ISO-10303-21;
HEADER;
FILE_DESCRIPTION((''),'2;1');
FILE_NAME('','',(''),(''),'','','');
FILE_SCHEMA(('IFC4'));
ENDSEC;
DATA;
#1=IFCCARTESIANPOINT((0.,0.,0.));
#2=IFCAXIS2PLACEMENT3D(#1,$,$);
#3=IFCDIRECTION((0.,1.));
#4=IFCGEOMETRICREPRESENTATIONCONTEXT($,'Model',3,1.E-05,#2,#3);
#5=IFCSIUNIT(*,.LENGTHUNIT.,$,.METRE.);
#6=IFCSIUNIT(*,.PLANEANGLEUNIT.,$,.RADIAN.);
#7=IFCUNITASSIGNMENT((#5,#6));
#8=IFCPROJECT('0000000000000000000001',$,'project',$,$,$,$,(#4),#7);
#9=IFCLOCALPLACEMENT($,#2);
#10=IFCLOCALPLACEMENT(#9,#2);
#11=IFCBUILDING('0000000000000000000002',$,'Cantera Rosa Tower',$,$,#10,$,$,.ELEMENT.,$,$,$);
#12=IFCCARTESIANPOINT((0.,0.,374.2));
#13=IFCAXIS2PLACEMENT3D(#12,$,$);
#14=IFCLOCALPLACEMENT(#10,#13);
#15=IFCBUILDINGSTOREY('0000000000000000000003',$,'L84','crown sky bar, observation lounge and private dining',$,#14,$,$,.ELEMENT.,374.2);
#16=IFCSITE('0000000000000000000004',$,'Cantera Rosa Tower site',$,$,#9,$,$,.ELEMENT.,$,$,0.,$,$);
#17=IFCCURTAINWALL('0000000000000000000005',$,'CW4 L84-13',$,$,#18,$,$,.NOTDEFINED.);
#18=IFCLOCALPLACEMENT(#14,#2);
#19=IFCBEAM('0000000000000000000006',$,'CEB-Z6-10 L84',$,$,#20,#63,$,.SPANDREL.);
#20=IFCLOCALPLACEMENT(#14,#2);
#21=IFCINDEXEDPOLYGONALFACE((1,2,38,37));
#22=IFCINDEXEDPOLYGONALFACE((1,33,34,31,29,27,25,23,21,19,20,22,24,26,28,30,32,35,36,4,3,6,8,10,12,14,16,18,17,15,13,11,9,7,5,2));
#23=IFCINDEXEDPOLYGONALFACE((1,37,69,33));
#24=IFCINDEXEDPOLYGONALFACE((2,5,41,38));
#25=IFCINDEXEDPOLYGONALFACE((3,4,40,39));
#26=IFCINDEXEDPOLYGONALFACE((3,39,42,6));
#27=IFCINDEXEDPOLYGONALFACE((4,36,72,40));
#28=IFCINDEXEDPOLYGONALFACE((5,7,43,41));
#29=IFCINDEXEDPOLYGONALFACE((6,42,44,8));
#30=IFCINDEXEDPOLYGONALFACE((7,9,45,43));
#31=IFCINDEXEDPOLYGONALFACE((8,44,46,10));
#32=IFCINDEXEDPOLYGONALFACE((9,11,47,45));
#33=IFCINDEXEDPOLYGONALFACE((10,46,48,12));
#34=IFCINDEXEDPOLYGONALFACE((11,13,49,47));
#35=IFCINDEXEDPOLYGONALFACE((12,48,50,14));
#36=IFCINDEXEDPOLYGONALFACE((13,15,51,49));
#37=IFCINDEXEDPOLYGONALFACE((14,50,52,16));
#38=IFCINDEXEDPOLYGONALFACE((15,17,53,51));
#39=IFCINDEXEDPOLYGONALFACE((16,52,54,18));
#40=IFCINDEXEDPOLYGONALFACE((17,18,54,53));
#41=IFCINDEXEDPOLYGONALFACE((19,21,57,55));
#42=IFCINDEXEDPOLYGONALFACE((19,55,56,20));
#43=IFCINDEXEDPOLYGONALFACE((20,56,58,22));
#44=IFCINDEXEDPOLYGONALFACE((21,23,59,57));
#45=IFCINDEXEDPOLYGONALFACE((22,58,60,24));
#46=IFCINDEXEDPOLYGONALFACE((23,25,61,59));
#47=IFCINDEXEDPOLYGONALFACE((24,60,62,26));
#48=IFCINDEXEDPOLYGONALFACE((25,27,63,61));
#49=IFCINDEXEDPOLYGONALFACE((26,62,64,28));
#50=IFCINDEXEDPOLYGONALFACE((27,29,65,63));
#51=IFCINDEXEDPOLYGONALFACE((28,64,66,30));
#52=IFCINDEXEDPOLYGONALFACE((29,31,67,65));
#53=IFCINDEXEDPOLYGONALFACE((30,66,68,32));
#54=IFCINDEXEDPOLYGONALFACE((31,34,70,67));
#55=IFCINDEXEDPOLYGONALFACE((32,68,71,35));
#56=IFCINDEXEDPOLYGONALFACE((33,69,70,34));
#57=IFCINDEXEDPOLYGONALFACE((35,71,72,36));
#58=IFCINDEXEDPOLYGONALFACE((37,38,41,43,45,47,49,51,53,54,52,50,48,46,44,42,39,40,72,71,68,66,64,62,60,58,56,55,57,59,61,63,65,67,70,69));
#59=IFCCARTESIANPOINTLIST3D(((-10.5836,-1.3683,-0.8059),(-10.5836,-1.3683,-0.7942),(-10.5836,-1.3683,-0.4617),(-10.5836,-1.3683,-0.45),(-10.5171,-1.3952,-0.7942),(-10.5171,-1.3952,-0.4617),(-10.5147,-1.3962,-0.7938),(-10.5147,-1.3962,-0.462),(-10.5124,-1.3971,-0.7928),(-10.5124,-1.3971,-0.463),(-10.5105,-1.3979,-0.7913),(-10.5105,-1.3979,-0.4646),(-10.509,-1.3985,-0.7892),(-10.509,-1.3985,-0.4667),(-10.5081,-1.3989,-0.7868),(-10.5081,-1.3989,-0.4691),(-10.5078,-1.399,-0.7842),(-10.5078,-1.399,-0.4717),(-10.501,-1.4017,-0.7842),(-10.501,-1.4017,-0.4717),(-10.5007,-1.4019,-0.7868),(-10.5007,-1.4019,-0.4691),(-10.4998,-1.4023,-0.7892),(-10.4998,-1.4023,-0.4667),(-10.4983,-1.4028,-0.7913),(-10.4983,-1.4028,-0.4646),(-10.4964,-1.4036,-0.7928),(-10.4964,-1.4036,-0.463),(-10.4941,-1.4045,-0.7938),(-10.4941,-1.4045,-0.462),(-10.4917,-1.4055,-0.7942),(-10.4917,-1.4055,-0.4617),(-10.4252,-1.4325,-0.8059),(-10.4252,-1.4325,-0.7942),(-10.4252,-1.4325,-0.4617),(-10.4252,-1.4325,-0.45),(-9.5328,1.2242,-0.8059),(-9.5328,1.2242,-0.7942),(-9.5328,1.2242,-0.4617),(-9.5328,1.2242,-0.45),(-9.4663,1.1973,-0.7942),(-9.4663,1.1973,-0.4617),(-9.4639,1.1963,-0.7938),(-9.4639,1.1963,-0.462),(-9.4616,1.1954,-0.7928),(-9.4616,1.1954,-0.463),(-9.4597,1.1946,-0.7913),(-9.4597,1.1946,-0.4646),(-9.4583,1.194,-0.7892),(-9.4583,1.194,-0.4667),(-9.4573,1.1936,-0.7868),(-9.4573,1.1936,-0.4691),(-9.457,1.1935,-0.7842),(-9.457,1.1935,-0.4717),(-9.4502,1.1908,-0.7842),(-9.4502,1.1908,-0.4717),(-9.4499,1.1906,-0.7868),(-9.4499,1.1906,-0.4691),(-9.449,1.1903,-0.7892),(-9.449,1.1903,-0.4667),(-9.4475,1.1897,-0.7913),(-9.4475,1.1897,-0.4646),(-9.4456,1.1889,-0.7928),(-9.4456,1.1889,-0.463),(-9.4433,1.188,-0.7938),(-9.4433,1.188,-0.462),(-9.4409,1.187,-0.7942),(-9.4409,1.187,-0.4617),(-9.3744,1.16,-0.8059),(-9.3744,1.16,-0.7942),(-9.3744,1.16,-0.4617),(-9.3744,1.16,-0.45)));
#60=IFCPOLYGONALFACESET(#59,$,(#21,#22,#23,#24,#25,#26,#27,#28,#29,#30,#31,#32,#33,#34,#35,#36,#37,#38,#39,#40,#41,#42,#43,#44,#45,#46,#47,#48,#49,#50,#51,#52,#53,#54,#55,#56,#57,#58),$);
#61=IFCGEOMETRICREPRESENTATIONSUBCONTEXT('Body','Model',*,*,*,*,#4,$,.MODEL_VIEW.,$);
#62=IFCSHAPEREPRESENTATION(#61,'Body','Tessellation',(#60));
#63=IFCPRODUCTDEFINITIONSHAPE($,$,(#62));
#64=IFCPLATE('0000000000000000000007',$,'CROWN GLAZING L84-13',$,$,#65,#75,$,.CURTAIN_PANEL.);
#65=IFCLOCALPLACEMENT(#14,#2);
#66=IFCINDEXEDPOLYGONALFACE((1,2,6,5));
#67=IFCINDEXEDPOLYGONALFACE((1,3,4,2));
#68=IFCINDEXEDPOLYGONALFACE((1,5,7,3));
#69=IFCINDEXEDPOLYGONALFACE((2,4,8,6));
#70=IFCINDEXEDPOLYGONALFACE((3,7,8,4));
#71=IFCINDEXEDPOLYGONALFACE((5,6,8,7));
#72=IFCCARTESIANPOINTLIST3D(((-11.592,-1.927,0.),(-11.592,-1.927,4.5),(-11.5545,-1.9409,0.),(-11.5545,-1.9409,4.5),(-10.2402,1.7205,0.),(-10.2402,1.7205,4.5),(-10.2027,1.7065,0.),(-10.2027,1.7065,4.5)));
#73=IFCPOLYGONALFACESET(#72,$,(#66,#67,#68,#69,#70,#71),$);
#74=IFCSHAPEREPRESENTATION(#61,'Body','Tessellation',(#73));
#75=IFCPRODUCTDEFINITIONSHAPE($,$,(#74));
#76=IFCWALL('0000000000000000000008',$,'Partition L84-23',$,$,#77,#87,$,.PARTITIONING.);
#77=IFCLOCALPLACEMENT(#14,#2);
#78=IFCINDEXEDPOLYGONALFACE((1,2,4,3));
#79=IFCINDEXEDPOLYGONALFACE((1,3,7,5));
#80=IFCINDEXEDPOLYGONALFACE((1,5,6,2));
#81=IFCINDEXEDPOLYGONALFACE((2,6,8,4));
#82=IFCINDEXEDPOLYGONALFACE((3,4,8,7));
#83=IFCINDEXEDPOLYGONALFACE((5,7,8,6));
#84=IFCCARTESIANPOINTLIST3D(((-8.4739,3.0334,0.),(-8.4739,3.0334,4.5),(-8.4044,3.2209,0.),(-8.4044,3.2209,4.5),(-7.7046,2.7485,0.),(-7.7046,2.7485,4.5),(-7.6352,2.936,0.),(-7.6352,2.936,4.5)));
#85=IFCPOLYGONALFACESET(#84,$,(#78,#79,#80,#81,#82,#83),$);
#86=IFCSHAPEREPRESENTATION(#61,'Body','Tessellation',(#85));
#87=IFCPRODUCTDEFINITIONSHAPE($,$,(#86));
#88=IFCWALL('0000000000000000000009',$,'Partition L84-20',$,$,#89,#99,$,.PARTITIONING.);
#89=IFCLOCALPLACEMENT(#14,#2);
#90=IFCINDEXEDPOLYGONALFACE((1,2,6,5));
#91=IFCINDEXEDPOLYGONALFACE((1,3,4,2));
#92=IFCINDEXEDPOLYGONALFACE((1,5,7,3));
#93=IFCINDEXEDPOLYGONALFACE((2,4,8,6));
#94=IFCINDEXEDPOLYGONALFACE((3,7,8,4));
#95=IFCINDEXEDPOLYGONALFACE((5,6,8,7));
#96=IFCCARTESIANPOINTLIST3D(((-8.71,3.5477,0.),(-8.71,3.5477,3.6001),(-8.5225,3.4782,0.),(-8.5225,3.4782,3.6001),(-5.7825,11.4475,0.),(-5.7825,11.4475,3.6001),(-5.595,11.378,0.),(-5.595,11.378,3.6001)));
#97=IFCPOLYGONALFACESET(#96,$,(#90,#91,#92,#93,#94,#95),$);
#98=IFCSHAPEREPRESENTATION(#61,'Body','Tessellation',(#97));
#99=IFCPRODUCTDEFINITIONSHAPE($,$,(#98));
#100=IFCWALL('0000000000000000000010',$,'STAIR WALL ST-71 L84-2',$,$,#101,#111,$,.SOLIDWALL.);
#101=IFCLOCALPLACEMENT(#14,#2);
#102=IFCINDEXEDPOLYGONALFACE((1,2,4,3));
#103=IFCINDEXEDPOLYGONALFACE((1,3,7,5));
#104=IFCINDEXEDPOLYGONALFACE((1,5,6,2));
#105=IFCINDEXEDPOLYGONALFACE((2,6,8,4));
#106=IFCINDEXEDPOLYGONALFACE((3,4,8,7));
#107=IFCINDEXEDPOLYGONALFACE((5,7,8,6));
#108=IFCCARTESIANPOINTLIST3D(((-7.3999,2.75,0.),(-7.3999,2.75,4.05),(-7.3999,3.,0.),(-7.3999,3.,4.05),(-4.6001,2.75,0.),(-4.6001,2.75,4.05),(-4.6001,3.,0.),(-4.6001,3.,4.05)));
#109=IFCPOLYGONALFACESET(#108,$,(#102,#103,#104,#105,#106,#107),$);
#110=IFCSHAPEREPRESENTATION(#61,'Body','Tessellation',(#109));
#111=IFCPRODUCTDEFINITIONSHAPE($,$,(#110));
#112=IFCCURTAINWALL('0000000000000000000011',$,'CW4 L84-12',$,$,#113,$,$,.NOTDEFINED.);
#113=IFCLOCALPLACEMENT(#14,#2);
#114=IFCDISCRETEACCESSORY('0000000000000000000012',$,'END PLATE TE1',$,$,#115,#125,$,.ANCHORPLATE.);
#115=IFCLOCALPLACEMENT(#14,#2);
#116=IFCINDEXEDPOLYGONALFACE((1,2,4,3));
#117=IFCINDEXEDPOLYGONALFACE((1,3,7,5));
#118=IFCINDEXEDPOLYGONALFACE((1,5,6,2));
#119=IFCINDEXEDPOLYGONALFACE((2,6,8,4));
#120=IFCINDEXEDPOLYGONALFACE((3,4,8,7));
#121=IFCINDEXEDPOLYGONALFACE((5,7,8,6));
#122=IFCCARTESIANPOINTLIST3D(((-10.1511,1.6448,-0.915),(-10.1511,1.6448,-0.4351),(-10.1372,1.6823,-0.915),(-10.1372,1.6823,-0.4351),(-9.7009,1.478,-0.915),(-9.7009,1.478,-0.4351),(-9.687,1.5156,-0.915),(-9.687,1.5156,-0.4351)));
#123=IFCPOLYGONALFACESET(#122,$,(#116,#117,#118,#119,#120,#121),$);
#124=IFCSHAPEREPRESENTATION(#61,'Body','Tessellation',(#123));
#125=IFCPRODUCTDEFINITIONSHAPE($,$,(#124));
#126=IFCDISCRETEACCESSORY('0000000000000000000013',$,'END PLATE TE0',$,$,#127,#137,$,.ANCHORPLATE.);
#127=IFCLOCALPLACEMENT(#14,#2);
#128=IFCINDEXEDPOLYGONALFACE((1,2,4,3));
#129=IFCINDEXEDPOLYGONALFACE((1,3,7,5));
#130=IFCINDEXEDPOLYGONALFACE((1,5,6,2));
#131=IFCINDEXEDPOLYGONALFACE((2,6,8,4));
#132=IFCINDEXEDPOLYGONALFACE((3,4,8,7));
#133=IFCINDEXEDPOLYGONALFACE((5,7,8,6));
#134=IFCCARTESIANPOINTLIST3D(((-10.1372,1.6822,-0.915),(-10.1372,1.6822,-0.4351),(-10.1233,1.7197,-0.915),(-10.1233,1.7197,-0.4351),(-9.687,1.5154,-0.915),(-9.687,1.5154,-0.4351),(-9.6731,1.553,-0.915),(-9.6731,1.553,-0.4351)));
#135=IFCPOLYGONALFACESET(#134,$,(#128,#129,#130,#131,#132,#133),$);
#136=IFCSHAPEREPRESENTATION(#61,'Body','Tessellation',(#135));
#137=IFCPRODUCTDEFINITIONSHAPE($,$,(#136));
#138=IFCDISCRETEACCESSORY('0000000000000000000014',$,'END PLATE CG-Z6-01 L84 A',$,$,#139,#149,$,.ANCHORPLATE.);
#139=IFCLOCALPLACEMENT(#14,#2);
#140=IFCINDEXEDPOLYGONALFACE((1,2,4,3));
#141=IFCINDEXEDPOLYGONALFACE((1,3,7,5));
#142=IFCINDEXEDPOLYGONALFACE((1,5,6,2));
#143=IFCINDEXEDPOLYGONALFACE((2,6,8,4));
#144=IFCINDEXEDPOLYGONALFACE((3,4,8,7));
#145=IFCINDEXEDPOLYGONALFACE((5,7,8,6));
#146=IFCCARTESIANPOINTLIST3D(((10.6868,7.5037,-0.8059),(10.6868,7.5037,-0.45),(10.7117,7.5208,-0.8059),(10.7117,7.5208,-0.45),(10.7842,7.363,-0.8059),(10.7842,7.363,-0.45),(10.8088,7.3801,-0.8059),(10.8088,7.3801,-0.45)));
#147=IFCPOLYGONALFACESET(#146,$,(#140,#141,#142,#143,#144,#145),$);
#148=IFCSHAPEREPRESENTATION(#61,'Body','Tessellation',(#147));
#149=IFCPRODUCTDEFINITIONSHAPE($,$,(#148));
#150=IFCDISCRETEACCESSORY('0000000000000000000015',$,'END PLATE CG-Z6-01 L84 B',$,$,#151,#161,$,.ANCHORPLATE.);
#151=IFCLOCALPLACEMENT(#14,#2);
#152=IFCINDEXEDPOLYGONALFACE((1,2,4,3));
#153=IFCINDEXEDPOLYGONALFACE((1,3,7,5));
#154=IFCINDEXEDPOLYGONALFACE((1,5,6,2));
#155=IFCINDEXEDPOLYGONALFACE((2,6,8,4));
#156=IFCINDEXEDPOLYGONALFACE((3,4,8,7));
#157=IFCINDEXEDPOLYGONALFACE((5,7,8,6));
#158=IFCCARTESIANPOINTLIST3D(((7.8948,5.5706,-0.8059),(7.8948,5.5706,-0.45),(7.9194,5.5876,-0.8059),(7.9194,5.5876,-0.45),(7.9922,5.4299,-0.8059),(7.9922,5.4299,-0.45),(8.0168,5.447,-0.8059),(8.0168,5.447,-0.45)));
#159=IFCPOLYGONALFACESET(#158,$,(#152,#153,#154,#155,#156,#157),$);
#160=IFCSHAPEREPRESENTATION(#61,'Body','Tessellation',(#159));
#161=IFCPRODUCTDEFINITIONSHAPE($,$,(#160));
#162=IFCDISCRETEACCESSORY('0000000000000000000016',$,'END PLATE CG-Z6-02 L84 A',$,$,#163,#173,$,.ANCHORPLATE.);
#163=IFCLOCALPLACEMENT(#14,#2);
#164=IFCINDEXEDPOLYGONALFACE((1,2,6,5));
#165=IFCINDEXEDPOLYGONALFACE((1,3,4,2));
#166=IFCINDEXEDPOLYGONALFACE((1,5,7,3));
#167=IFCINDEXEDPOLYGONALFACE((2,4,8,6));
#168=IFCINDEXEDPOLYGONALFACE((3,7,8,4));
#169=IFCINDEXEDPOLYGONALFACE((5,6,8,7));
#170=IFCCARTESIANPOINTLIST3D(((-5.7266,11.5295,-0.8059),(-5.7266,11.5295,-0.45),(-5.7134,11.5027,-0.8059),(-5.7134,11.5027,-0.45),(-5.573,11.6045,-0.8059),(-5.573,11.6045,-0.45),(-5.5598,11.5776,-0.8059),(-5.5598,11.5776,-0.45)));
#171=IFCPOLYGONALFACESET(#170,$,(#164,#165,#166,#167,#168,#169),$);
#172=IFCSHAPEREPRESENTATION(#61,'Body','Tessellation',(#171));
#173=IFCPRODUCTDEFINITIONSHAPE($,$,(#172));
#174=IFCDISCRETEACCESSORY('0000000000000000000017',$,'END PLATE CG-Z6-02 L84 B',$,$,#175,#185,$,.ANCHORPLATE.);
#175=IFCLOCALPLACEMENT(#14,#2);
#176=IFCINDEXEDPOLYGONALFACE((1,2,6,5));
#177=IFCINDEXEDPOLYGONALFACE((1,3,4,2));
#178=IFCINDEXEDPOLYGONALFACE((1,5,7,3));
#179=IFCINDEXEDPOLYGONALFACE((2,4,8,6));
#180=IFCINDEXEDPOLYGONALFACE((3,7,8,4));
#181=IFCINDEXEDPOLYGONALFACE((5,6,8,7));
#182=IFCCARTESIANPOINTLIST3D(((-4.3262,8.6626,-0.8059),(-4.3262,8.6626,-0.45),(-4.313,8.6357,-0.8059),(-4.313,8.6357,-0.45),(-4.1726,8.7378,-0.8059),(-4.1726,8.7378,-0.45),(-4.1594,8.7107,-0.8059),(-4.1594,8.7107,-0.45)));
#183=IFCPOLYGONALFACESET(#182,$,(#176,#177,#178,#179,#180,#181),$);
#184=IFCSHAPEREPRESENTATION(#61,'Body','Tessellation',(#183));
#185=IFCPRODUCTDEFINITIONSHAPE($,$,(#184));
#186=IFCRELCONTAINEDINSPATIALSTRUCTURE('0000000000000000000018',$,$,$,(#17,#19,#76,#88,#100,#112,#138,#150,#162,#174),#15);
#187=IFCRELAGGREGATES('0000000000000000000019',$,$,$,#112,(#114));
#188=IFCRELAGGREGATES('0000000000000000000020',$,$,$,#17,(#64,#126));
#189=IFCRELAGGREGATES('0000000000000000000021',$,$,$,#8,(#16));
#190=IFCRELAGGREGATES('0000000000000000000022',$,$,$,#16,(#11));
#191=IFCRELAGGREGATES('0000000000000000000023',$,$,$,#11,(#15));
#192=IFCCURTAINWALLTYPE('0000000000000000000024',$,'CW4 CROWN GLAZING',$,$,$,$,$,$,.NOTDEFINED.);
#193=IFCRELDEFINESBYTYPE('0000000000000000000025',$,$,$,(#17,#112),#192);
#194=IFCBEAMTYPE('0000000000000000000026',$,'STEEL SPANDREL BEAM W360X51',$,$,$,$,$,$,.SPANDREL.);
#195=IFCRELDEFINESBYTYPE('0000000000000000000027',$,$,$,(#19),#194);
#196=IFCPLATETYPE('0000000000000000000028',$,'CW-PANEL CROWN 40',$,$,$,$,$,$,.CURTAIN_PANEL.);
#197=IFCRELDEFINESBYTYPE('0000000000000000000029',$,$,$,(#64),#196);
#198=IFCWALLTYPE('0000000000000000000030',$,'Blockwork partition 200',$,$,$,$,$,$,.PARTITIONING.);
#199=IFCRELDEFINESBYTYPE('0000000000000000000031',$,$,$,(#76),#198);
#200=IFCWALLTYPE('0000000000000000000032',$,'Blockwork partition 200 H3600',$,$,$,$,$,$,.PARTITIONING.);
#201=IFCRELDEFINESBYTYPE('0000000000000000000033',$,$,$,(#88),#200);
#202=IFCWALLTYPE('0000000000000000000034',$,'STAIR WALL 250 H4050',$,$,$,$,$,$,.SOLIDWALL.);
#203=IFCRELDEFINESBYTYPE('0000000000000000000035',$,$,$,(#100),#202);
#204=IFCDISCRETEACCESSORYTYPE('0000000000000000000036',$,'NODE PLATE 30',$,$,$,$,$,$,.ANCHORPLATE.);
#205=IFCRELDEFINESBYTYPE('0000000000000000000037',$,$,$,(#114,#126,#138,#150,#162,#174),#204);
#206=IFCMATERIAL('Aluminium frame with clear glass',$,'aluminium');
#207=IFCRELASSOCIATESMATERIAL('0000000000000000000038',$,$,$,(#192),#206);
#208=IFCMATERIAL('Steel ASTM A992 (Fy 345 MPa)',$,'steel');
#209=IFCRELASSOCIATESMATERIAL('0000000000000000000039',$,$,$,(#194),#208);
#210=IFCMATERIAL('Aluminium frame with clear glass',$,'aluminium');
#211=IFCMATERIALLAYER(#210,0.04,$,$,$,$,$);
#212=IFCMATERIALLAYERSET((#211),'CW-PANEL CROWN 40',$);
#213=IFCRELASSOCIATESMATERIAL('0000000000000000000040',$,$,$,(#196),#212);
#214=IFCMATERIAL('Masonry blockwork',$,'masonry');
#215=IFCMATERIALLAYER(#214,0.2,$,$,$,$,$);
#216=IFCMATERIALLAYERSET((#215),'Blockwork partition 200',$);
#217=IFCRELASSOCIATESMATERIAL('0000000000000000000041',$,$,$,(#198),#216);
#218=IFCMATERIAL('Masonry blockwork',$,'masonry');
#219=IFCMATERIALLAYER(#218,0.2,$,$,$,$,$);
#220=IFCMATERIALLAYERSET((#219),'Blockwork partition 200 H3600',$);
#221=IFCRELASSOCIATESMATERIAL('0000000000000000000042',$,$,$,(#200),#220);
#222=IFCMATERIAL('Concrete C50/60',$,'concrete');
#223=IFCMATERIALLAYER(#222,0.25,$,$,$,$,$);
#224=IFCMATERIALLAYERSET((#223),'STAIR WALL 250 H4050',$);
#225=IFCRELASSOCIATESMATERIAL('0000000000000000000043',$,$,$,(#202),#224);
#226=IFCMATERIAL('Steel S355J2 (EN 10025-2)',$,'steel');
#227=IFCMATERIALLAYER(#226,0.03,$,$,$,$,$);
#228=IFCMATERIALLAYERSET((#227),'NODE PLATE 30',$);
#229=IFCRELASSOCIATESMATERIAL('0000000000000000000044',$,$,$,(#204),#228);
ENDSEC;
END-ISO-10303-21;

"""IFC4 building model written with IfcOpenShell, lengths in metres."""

from ifc_helpers import new_model, si_unit, direction, frame, frame_2d, origin, origin_2d, place, context, subcontext, project, spatial, polyline, rectangle, i_section, outline, extrude, material, layer, layer_set, material_profile, profile_set, type_object, element, aggregate, save


model = new_model("IFC4")

# Units and contexts
model_context = context("Model", 3, precision=1e-05, world=origin(), true_north=direction((0.0, 1.0)))
body_context = subcontext(model_context, "Body", "Model", "MODEL_VIEW")
ifc_project = project(units=[si_unit("LENGTHUNIT", "METRE"), si_unit("PLANEANGLEUNIT", "RADIAN")], contexts=[model_context])

# Site, building, storey
site_placement = place(None, origin())
site = spatial("IfcSite", under=ifc_project, at=site_placement, Name="Cantera Rosa Tower site", CompositionType="ELEMENT", RefElevation=0.0)
building_placement = place(site_placement, origin())
building = spatial("IfcBuilding", under=site, at=building_placement, Name="Cantera Rosa Tower", CompositionType="ELEMENT")
storey_placement = place(building_placement, frame((0.0, 0.0, 374.2)))
storey = spatial("IfcBuildingStorey", under=building, at=storey_placement, Name="L84", Description="crown sky bar, observation lounge and private dining", CompositionType="ELEMENT", Elevation=374.2)

# Curtain wall
ifc_material_1 = material(Name="Aluminium frame with clear glass", Category="aluminium")
curtain_wall_type = type_object("IfcCurtainWallType", Name="CW4 CROWN GLAZING", PredefinedType="NOTDEFINED", material=ifc_material_1)
curtain_wall_1_placement = place(storey_placement, origin())
curtain_wall_1 = element("IfcCurtainWall", 1, at=curtain_wall_1_placement, inside=storey, type_object=curtain_wall_type, Name="CW4 L84-13", PredefinedType="NOTDEFINED")

# Beam
ifc_material_2 = material(Name="Steel ASTM A992 (Fy 345 MPa)", Category="steel")
ifc_material_profile_1 = material_profile(ifc_material_2, i_section(OverallWidth=0.1709, OverallDepth=0.356, WebThickness=0.0073, FlangeThickness=0.0117, FilletRadius=0.01, at=origin_2d()), Name="W360X51")
ifc_profile_set_1 = profile_set([ifc_material_profile_1], Name="Steel ASTM A992 (Fy 345 MPa)")
beam_type_1 = type_object("IfcBeamType", Name="STEEL SPANDREL BEAM W360X51", PredefinedType="SPANDREL", material=ifc_profile_set_1)
beam_1_placement = place(storey_placement, frame((-9.4536, 1.1921, -0.6279), z_axis=(-0.37563, -0.92677, 0.0), x_axis=(0.92677, -0.37563, 0.0)))
element("IfcBeam", 2, at=beam_1_placement, inside=storey, type_object=beam_type_1, Name="CEB-Z6-10 L84", PredefinedType="SPANDREL", context=body_context, shape_type="SweptSolid", body=[
    extrude(i_section(OverallWidth=0.1709, OverallDepth=0.356, WebThickness=0.0073, FlangeThickness=0.0117, FilletRadius=0.01, at=origin_2d()), origin(), (0.0, 0.0, 1.0), 2.7974),
])

# Plate
ifc_material_3 = material(Name="Aluminium frame with clear glass", Category="aluminium")
ifc_layer_1 = layer(ifc_material_3, 0.04)
ifc_layer_set_1 = layer_set([ifc_layer_1], Name="CW-PANEL CROWN 40")
plate_type = type_object("IfcPlateType", Name="CW-PANEL CROWN 40", PredefinedType="CURTAIN_PANEL", material=ifc_layer_set_1)
plate_placement = place(storey_placement, frame((-10.2402, 1.7205, 0.0), z_axis=(-0.937674, 0.347517, 0.0), x_axis=(-0.347517, -0.937674, 0.0)))
plate = element("IfcPlate", 3, at=plate_placement, type_object=plate_type, Name="CROWN GLAZING L84-13", PredefinedType="CURTAIN_PANEL", context=body_context, shape_type="SweptSolid", body=[
    extrude(outline(polyline([(0.0, 0.0), (3.8899, 0.0), (3.8899, 4.5), (0.0, 4.5), (0.0, 0.0)])), origin(), (0.0, 0.0, -1.0), 0.04),
])

# Walls
ifc_material_4 = material(Name="Masonry blockwork", Category="masonry")
ifc_layer_2 = layer(ifc_material_4, 0.2)
ifc_layer_set_2 = layer_set([ifc_layer_2], Name="Blockwork partition 200")
wall_type_1 = type_object("IfcWallType", Name="Blockwork partition 200", PredefinedType="PARTITIONING", material=ifc_layer_set_2)
wall_1_placement = place(storey_placement, frame((-7.6699, 2.8423, 0.0), z_axis=(0.0, 0.0, 1.0), x_axis=(-0.937752, 0.347305, 0.0)))
element("IfcWall", 4, at=wall_1_placement, inside=storey, type_object=wall_type_1, Name="Partition L84-23", PredefinedType="PARTITIONING", context=body_context, shape_type="SweptSolid", body=[
    extrude(rectangle(XDim=0.8203, YDim=0.2, at=frame_2d((0.4102, 0.0))), origin(), (0.0, 0.0, 1.0), 4.5),
])
ifc_material_5 = material(Name="Masonry blockwork", Category="masonry")
ifc_layer_3 = layer(ifc_material_5, 0.2)
ifc_layer_set_3 = layer_set([ifc_layer_3], Name="Blockwork partition 200 H3600")
wall_type_2 = type_object("IfcWallType", Name="Blockwork partition 200 H3600", PredefinedType="PARTITIONING", material=ifc_layer_set_3)
wall_2_placement = place(storey_placement, frame((-8.6162, 3.5129, 0.0), z_axis=(0.0, 0.0, 1.0), x_axis=(0.347481, 0.937687, 0.0)))
element("IfcWall", 5, at=wall_2_placement, inside=storey, type_object=wall_type_2, Name="Partition L84-20", PredefinedType="PARTITIONING", context=body_context, shape_type="SweptSolid", body=[
    extrude(rectangle(XDim=8.4248, YDim=0.2, at=frame_2d((4.2124, 0.0))), origin(), (0.0, 0.0, 1.0), 3.6001),
])
ifc_material_6 = material(Name="Concrete C50/60", Category="concrete")
ifc_layer_4 = layer(ifc_material_6, 0.25)
ifc_layer_set_4 = layer_set([ifc_layer_4], Name="STAIR WALL 250 H4050")
wall_type_3 = type_object("IfcWallType", Name="STAIR WALL 250 H4050", PredefinedType="SOLIDWALL", material=ifc_layer_set_4)
wall_3_placement = place(storey_placement, frame((-7.3999, 2.875, 0.0), z_axis=(0.0, 0.0, 1.0), x_axis=(1.0, 0.0, 0.0)))
element("IfcWall", 6, at=wall_3_placement, inside=storey, type_object=wall_type_3, Name="STAIR WALL ST-71 L84-2", PredefinedType="SOLIDWALL", context=body_context, shape_type="SweptSolid", body=[
    extrude(rectangle(XDim=2.7998, YDim=0.25, at=frame_2d((1.3999, 0.0))), origin(), (0.0, 0.0, 1.0), 4.05),
])

# Curtain wall, discrete accessory
curtain_wall_2_placement = place(storey_placement, origin())
curtain_wall_2 = element("IfcCurtainWall", 7, at=curtain_wall_2_placement, inside=storey, type_object=curtain_wall_type, Name="CW4 L84-12", PredefinedType="NOTDEFINED")
ifc_material_7 = material(Name="Steel S355J2 (EN 10025-2)", Category="steel")
ifc_layer_5 = layer(ifc_material_7, 0.03)
ifc_layer_set_5 = layer_set([ifc_layer_5], Name="NODE PLATE 30")
discrete_accessory_type = type_object("IfcDiscreteAccessoryType", Name="NODE PLATE 30", PredefinedType="ANCHORPLATE", material=ifc_layer_set_5)
discrete_accessory_1_placement = place(storey_placement, frame((-9.7009, 1.478, -0.4351), z_axis=(-0.347331, -0.937743, 0.0), x_axis=(-0.937743, 0.347331, 0.0)))
discrete_accessory_1 = element("IfcDiscreteAccessory", 8, at=discrete_accessory_1_placement, type_object=discrete_accessory_type, Name="END PLATE TE1", PredefinedType="ANCHORPLATE", context=body_context, shape_type="SweptSolid", body=[
    extrude(outline(polyline([(0.0, 0.0), (0.4801, 0.0), (0.4801, 0.48), (0.0, 0.48), (0.0, 0.0)])), origin(), (0.0, 0.0, -1.0), 0.04),
])
aggregate(curtain_wall_2, [discrete_accessory_1])

# Discrete accessory
discrete_accessory_2_placement = place(storey_placement, frame((-10.1233, 1.7197, -0.4351), z_axis=(0.347331, 0.937743, 0.0), x_axis=(0.937743, -0.347331, 0.0)))
discrete_accessory_2 = element("IfcDiscreteAccessory", 9, at=discrete_accessory_2_placement, type_object=discrete_accessory_type, Name="END PLATE TE0", PredefinedType="ANCHORPLATE", context=body_context, shape_type="SweptSolid", body=[
    extrude(outline(polyline([(0.0, 0.0), (0.4801, 0.0), (0.4801, 0.48), (0.0, 0.48), (0.0, 0.0)])), origin(), (0.0, 0.0, -1.0), 0.04),
])
aggregate(curtain_wall_1, [plate, discrete_accessory_2])

# Discrete accessories
discrete_accessory_3_placement = place(storey_placement, frame((0.0, 0.0, -0.8059)))
element("IfcDiscreteAccessory", 10, at=discrete_accessory_3_placement, inside=storey, type_object=discrete_accessory_type, Name="END PLATE CG-Z6-01 L84 A", PredefinedType="ANCHORPLATE", context=body_context, shape_type="SweptSolid", body=[
    extrude(outline(polyline([(10.6868, 7.5037), (10.7117, 7.5208), (10.8088, 7.3801), (10.7842, 7.363), (10.6868, 7.5037)])), origin(), (0.0, 0.0, 1.0), 0.356),
])
discrete_accessory_4_placement = place(storey_placement, frame((0.0, 0.0, -0.8059)))
element("IfcDiscreteAccessory", 11, at=discrete_accessory_4_placement, inside=storey, type_object=discrete_accessory_type, Name="END PLATE CG-Z6-01 L84 B", PredefinedType="ANCHORPLATE", context=body_context, shape_type="SweptSolid", body=[
    extrude(outline(polyline([(8.0168, 5.447), (7.9922, 5.4299), (7.8948, 5.5706), (7.9194, 5.5876), (8.0168, 5.447)])), origin(), (0.0, 0.0, 1.0), 0.356),
])
discrete_accessory_5_placement = place(storey_placement, frame((0.0, 0.0, -0.8059)))
element("IfcDiscreteAccessory", 12, at=discrete_accessory_5_placement, inside=storey, type_object=discrete_accessory_type, Name="END PLATE CG-Z6-02 L84 A", PredefinedType="ANCHORPLATE", context=body_context, shape_type="SweptSolid", body=[
    extrude(outline(polyline([(-5.7134, 11.5027), (-5.7266, 11.5295), (-5.573, 11.6045), (-5.5598, 11.5776), (-5.7134, 11.5027)])), origin(), (0.0, 0.0, 1.0), 0.356),
])
discrete_accessory_6_placement = place(storey_placement, frame((0.0, 0.0, -0.8059)))
element("IfcDiscreteAccessory", 13, at=discrete_accessory_6_placement, inside=storey, type_object=discrete_accessory_type, Name="END PLATE CG-Z6-02 L84 B", PredefinedType="ANCHORPLATE", context=body_context, shape_type="SweptSolid", body=[
    extrude(outline(polyline([(-4.1726, 8.7378), (-4.1594, 8.7107), (-4.313, 8.6357), (-4.3262, 8.6626), (-4.1726, 8.7378)])), origin(), (0.0, 0.0, 1.0), 0.356),
])

save(model, "model.ifc")
